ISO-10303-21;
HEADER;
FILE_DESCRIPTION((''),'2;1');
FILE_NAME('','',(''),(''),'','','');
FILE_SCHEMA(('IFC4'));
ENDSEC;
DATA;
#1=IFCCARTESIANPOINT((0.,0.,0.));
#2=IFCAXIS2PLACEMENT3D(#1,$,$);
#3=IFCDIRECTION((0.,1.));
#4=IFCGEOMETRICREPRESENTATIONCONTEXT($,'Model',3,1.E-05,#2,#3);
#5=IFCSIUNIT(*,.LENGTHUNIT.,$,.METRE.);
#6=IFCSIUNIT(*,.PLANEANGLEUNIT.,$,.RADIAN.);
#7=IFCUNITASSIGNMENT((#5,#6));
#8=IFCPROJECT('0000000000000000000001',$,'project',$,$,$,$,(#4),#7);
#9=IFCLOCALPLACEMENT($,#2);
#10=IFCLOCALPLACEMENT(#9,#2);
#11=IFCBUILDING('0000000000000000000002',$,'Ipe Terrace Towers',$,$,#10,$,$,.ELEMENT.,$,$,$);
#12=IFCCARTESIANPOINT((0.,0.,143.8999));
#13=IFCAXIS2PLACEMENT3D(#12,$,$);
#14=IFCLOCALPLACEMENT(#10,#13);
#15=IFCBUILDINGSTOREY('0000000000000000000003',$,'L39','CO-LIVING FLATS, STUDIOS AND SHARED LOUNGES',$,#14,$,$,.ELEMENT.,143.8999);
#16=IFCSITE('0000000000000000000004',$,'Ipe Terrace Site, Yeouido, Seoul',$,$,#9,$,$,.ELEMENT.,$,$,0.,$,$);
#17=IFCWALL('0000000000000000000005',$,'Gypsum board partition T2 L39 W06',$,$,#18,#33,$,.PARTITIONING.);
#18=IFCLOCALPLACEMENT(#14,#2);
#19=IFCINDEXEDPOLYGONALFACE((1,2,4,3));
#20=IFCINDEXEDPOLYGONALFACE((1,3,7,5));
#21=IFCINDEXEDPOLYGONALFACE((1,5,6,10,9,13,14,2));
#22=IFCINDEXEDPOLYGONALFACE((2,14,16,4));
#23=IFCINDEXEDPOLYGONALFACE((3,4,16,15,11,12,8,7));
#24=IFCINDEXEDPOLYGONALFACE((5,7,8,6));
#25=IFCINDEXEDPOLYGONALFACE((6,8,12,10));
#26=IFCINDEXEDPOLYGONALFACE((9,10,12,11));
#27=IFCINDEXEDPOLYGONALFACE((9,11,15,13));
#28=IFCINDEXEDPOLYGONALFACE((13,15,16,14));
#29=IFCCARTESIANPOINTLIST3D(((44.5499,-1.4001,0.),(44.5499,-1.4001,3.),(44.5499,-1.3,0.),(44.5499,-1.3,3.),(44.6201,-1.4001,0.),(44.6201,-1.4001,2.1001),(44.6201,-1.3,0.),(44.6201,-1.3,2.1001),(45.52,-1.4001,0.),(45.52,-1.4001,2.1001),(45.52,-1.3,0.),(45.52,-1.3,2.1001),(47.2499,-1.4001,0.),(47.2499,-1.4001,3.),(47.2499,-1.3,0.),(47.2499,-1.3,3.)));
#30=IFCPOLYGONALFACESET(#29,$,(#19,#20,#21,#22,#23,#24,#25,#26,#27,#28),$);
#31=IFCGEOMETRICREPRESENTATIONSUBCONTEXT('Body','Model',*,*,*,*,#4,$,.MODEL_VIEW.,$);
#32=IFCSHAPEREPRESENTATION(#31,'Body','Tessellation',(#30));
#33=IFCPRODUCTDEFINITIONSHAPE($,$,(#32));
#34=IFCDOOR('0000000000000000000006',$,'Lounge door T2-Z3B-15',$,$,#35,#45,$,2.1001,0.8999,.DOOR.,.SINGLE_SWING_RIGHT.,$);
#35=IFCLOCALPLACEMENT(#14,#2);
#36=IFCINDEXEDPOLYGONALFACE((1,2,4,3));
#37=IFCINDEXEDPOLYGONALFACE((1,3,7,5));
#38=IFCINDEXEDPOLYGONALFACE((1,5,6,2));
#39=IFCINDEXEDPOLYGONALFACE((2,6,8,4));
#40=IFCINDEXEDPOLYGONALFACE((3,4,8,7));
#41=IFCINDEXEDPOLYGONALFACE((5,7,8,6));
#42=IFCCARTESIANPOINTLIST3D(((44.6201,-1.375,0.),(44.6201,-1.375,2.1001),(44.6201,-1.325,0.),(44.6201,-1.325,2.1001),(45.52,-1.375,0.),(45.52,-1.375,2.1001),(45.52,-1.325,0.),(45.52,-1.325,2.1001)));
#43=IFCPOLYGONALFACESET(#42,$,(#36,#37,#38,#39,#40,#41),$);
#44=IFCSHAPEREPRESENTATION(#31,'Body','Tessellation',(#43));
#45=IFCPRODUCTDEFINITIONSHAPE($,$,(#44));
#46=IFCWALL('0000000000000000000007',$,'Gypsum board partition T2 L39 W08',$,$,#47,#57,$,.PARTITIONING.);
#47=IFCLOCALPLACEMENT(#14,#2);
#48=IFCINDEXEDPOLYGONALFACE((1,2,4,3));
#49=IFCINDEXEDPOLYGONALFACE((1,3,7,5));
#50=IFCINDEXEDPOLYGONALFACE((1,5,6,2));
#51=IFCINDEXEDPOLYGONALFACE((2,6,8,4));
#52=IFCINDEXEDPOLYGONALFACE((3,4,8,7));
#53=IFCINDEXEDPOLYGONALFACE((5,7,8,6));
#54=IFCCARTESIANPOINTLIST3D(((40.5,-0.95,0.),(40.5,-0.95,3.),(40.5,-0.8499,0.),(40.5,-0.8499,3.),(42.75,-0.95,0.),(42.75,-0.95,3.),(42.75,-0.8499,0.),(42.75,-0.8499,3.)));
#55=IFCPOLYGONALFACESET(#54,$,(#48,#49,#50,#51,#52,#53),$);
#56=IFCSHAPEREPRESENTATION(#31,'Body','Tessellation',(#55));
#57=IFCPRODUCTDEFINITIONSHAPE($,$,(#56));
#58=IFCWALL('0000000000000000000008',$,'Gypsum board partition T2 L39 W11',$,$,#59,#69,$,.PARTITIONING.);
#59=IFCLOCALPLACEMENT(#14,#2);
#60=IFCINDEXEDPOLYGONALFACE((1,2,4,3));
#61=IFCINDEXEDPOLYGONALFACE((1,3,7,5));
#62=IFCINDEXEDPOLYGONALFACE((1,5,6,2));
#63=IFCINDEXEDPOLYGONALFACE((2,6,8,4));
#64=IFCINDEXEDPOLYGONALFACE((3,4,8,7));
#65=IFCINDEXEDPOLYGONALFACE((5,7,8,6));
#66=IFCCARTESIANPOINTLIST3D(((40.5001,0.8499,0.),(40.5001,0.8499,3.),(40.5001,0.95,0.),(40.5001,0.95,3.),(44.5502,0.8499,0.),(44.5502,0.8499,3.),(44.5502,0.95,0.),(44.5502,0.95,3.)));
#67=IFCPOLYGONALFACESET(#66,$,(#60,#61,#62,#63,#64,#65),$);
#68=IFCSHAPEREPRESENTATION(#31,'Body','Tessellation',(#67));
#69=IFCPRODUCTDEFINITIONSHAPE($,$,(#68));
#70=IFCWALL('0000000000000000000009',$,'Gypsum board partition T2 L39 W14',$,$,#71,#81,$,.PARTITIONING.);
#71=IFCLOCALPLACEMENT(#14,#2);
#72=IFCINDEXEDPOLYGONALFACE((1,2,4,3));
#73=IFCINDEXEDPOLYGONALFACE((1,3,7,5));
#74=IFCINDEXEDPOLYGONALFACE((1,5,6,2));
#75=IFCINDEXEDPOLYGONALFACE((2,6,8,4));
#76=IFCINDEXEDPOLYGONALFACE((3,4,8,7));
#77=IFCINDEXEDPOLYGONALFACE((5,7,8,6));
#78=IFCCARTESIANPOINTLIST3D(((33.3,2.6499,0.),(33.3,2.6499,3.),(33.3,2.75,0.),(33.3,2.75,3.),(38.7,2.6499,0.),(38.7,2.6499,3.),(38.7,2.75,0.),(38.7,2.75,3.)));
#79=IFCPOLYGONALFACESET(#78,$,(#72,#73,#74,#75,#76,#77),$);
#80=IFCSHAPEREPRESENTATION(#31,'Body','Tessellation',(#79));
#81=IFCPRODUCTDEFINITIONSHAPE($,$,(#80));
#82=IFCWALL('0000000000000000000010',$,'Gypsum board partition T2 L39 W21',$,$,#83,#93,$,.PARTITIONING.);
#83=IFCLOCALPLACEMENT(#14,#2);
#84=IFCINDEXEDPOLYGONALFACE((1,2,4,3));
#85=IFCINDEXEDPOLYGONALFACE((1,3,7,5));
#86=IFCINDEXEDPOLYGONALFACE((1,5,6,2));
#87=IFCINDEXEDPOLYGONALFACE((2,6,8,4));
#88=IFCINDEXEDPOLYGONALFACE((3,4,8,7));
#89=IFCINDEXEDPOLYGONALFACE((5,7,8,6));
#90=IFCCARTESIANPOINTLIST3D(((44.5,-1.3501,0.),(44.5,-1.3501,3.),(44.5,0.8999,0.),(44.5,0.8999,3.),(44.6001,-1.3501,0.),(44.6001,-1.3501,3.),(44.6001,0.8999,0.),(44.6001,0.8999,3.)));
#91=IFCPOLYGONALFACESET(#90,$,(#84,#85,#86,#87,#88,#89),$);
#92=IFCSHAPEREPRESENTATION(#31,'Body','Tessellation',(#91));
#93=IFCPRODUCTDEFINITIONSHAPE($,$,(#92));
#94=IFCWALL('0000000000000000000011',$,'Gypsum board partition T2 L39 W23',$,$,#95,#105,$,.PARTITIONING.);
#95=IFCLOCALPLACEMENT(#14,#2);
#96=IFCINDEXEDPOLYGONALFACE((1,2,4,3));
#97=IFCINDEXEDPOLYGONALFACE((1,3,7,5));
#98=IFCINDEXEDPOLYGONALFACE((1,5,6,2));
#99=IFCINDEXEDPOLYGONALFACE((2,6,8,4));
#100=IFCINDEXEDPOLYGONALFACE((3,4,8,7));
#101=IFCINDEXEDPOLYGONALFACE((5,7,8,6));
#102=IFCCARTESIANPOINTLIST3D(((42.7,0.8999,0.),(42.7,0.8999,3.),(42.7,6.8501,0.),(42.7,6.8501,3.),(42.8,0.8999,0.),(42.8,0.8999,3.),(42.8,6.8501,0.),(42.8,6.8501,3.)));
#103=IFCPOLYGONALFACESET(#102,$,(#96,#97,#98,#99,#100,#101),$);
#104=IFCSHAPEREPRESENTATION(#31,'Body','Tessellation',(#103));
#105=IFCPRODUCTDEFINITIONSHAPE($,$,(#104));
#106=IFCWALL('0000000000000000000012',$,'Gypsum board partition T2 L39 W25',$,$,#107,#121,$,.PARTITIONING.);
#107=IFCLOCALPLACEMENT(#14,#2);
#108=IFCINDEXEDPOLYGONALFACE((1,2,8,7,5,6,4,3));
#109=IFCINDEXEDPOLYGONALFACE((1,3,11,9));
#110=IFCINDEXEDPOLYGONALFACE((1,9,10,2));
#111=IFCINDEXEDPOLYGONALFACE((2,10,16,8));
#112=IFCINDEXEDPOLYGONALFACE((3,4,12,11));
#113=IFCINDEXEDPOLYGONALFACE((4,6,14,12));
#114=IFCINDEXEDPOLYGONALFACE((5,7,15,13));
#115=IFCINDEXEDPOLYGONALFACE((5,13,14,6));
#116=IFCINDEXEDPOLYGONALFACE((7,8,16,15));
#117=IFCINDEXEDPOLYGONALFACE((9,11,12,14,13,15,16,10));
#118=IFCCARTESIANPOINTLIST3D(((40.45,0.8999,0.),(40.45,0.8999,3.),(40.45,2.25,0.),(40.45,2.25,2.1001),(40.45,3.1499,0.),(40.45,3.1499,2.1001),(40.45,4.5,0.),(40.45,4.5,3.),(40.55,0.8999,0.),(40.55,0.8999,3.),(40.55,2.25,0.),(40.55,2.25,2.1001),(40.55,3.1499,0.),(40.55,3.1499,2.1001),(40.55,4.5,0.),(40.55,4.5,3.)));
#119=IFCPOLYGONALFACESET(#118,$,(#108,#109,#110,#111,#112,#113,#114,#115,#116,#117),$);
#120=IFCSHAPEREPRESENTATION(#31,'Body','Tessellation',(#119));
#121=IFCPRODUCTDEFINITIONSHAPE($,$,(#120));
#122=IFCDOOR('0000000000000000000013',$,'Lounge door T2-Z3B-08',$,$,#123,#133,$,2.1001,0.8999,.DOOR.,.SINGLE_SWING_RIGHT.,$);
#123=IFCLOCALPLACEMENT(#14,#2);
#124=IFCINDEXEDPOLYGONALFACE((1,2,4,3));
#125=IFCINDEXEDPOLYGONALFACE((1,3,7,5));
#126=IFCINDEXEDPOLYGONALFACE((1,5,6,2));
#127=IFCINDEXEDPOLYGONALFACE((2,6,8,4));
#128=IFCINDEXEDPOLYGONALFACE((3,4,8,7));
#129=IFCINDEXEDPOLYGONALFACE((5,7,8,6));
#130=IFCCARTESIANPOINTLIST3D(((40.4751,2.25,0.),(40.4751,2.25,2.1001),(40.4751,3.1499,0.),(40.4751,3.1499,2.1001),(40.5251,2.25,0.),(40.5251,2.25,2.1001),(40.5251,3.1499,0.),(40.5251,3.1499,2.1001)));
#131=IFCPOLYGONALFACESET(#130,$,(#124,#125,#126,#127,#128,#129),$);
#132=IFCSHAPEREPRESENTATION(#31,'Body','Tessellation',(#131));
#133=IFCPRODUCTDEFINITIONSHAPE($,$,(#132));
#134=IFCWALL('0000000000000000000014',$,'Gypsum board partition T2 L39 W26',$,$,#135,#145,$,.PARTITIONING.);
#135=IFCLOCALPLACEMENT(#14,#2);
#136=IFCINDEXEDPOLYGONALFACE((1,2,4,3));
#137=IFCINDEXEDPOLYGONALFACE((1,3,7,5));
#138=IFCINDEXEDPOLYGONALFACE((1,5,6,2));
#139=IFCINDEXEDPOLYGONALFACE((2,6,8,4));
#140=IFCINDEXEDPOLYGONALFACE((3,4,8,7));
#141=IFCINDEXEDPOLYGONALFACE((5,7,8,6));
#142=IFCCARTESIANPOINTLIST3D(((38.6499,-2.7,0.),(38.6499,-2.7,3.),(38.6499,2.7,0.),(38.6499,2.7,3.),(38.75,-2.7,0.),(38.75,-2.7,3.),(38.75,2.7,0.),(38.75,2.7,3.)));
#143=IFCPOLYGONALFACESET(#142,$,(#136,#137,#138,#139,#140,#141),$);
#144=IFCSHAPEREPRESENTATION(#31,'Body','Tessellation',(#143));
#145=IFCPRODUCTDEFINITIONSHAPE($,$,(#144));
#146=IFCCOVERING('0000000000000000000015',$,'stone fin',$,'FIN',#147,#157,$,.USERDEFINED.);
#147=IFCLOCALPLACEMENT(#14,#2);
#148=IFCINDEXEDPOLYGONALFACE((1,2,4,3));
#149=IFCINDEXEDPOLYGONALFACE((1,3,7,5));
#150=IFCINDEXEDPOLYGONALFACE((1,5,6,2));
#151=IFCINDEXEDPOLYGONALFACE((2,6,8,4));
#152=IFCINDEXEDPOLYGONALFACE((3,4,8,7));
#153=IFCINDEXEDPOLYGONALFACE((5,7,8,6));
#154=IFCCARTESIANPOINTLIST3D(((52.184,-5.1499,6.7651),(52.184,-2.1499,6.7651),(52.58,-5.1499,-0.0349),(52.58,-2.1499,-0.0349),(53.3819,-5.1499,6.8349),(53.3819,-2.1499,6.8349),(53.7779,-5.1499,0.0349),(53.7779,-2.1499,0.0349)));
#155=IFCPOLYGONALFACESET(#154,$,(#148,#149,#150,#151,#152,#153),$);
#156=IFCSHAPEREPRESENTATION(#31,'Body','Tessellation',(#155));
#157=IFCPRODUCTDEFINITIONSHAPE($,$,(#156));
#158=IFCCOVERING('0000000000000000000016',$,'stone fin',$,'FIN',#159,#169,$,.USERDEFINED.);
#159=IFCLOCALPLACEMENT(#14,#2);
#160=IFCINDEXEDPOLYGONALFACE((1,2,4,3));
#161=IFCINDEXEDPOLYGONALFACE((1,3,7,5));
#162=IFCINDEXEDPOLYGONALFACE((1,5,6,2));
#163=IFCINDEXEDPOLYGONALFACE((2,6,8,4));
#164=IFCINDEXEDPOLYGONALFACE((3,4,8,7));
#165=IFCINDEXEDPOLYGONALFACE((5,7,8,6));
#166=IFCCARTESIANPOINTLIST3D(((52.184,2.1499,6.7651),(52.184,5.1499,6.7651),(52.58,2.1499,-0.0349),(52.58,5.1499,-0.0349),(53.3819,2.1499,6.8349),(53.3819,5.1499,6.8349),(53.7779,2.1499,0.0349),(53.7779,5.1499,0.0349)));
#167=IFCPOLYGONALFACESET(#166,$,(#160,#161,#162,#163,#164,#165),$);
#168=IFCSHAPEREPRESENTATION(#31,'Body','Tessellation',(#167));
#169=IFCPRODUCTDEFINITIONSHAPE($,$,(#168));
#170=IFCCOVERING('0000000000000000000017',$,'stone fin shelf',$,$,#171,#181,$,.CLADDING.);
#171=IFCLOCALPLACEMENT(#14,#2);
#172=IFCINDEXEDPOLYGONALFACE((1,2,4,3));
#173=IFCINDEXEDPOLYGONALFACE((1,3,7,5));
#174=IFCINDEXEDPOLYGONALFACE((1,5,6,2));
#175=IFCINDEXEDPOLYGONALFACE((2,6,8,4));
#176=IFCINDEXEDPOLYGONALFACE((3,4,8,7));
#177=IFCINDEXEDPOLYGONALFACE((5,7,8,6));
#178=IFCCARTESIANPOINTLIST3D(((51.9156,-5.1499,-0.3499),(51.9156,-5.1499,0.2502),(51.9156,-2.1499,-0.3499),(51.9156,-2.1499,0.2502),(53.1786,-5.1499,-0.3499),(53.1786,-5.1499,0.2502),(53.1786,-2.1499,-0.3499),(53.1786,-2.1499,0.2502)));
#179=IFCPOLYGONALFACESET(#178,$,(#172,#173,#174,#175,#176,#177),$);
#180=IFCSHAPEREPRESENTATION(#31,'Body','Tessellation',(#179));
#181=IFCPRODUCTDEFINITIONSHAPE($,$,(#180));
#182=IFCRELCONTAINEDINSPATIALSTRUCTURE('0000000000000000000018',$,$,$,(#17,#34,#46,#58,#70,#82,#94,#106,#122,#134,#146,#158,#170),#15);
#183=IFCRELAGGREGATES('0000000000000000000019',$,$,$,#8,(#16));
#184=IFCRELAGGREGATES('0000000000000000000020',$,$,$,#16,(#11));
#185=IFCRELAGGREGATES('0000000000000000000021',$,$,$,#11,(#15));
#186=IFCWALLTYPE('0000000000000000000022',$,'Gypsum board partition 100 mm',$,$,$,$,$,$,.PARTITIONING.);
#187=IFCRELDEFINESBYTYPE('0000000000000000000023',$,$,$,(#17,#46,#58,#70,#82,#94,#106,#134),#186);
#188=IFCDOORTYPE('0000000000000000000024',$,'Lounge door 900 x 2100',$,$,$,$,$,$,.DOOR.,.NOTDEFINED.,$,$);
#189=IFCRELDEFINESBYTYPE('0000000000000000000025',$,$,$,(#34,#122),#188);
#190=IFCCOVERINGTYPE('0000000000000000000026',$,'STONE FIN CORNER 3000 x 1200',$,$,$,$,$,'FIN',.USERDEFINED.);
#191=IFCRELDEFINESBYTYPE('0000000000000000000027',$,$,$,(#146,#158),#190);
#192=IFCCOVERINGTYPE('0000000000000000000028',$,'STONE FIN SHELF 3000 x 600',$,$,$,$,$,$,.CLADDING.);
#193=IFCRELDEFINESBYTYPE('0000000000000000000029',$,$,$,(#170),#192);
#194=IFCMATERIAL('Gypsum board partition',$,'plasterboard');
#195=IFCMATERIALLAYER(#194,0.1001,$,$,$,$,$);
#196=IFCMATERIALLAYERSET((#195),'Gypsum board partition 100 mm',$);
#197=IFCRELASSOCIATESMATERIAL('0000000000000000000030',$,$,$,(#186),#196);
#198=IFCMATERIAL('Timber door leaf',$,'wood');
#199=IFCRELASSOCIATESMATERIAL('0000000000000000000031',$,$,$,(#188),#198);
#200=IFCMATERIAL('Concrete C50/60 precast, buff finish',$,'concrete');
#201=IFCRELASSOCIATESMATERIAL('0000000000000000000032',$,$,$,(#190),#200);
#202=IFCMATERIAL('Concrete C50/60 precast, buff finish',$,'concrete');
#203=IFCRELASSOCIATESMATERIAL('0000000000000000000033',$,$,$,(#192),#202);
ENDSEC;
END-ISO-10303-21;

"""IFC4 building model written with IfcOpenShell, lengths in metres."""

from ifc_helpers import new_model, si_unit, direction, frame, frame_2d, origin, origin_2d, place, context, subcontext, project, spatial, rectangle, extrude, material, layer, layer_set, material_profile, profile_set, type_object, element, fill, save


model = new_model("IFC4")

# Units and contexts
model_context = context("Model", 3, precision=1e-05, world=origin(), true_north=direction((0.0, 1.0)))
body_context = subcontext(model_context, "Body", "Model", "MODEL_VIEW")
ifc_project = project(units=[si_unit("LENGTHUNIT", "METRE"), si_unit("PLANEANGLEUNIT", "RADIAN")], contexts=[model_context])

# Site, building, storey
site_placement = place(None, origin())
site = spatial("IfcSite", under=ifc_project, at=site_placement, Name="Ipe Terrace Site, Yeouido, Seoul", CompositionType="ELEMENT", RefElevation=0.0)
building_placement = place(site_placement, origin())
building = spatial("IfcBuilding", under=site, at=building_placement, Name="Ipe Terrace Towers", CompositionType="ELEMENT")
storey_placement = place(building_placement, frame((0.0, 0.0, 143.8999)))
storey = spatial("IfcBuildingStorey", under=building, at=storey_placement, Name="L39", Description="CO-LIVING FLATS, STUDIOS AND SHARED LOUNGES", CompositionType="ELEMENT", Elevation=143.8999)

# Shared definitions
ifc_material_1 = material(Name="Gypsum board partition", Category="plasterboard")
ifc_layer_1 = layer(ifc_material_1, 0.1001)
ifc_layer_set_1 = layer_set([ifc_layer_1], Name="Gypsum board partition 100 mm")
wall_type_1 = type_object("IfcWallType", Name="Gypsum board partition 100 mm", PredefinedType="PARTITIONING", material=ifc_layer_set_1)
ifc_material_2 = material(Name="Timber door leaf", Category="wood")
door_type = type_object("IfcDoorType", Name="Lounge door 900 x 2100", OperationType="NOTDEFINED", PredefinedType="DOOR", material=ifc_material_2)

# Wall, opening, door
wall_1_placement = place(storey_placement, frame((47.25, -1.3501, 0.0), z_axis=(0.0, 0.0, 1.0), x_axis=(-1.0, 0.0, 0.0)))
wall_1 = element("IfcWall", 1, at=wall_1_placement, inside=storey, type_object=wall_type_1, Name="Gypsum board partition T2 L39 W06", PredefinedType="PARTITIONING", context=body_context, shape_type="SweptSolid", body=[
    extrude(rectangle(XDim=2.7, YDim=0.1001, at=frame_2d((1.3501, 0.0))), origin(), (0.0, 0.0, 1.0), 3.0),
])
opening_1_placement = place(wall_1_placement, frame((1.73, 0.0, 0.0)))
opening_1 = element("IfcOpeningElement", 2, at=opening_1_placement, cuts=wall_1, PredefinedType="OPENING", context=body_context, shape_type="SweptSolid", body=[
    extrude(rectangle(XDim=0.8999, YDim=2.1001, at=frame_2d((0.45, 1.05))), frame((0.0, 0.0601, 0.0), z_axis=(0.0, -1.0, 0.0), x_axis=(1.0, 0.0, 0.0)), (0.0, 0.0, 1.0), 0.1201),
])
door_1_placement = place(opening_1_placement, origin())
door_1 = element("IfcDoor", 3, at=door_1_placement, inside=storey, type_object=door_type, Name="Lounge door T2-Z3B-15", OperationType="SINGLE_SWING_RIGHT", OverallHeight=2.1001, OverallWidth=0.8999, PredefinedType="DOOR", context=body_context, shape_type="SweptSolid", body=[
    extrude(rectangle(XDim=0.8999, YDim=2.1001, at=frame_2d((0.45, 1.05))), frame((0.0, 0.0249, 0.0), z_axis=(0.0, -1.0, 0.0), x_axis=(1.0, 0.0, 0.0)), (0.0, 0.0, 1.0), 0.05),
])
fill(opening_1, door_1)

# Walls
wall_2_placement = place(storey_placement, frame((42.75, -0.8999, 0.0), z_axis=(0.0, 0.0, 1.0), x_axis=(-1.0, 0.0, 0.0)))
element("IfcWall", 4, at=wall_2_placement, inside=storey, type_object=wall_type_1, Name="Gypsum board partition T2 L39 W08", PredefinedType="PARTITIONING", context=body_context, shape_type="SweptSolid", body=[
    extrude(rectangle(XDim=2.25, YDim=0.1001, at=frame_2d((1.125, 0.0))), origin(), (0.0, 0.0, 1.0), 3.0),
])
wall_3_placement = place(storey_placement, frame((44.55, 0.8999, 0.0), z_axis=(0.0, 0.0, 1.0), x_axis=(-1.0, 0.0, 0.0)))
element("IfcWall", 5, at=wall_3_placement, inside=storey, type_object=wall_type_1, Name="Gypsum board partition T2 L39 W11", PredefinedType="PARTITIONING", context=body_context, shape_type="SweptSolid", body=[
    extrude(rectangle(XDim=4.05, YDim=0.1001, at=frame_2d((2.0249, 0.0))), origin(), (0.0, 0.0, 1.0), 3.0),
])
wall_4_placement = place(storey_placement, frame((38.7, 2.7, 0.0), z_axis=(0.0, 0.0, 1.0), x_axis=(-1.0, 0.0, 0.0)))
element("IfcWall", 6, at=wall_4_placement, inside=storey, type_object=wall_type_1, Name="Gypsum board partition T2 L39 W14", PredefinedType="PARTITIONING", context=body_context, shape_type="SweptSolid", body=[
    extrude(rectangle(XDim=5.3999, YDim=0.1001, at=frame_2d((2.7, 0.0))), origin(), (0.0, 0.0, 1.0), 3.0),
])
wall_5_placement = place(storey_placement, frame((44.55, -1.3501, 0.0), z_axis=(0.0, 0.0, 1.0), x_axis=(0.0, 1.0, 0.0)))
element("IfcWall", 7, at=wall_5_placement, inside=storey, type_object=wall_type_1, Name="Gypsum board partition T2 L39 W21", PredefinedType="PARTITIONING", context=body_context, shape_type="SweptSolid", body=[
    extrude(rectangle(XDim=2.25, YDim=0.1001, at=frame_2d((1.125, 0.0))), origin(), (0.0, 0.0, 1.0), 3.0),
])
wall_6_placement = place(storey_placement, frame((42.75, 0.8999, 0.0), z_axis=(0.0, 0.0, 1.0), x_axis=(0.0, 1.0, 0.0)))
element("IfcWall", 8, at=wall_6_placement, inside=storey, type_object=wall_type_1, Name="Gypsum board partition T2 L39 W23", PredefinedType="PARTITIONING", context=body_context, shape_type="SweptSolid", body=[
    extrude(rectangle(XDim=5.9502, YDim=0.1001, at=frame_2d((2.9751, 0.0))), origin(), (0.0, 0.0, 1.0), 3.0),
])

# Wall, opening, door
wall_7_placement = place(storey_placement, frame((40.5, 0.8999, 0.0), z_axis=(0.0, 0.0, 1.0), x_axis=(0.0, 1.0, 0.0)))
wall_7 = element("IfcWall", 9, at=wall_7_placement, inside=storey, type_object=wall_type_1, Name="Gypsum board partition T2 L39 W25", PredefinedType="PARTITIONING", context=body_context, shape_type="SweptSolid", body=[
    extrude(rectangle(XDim=3.6001, YDim=0.1001, at=frame_2d((1.8, 0.0))), origin(), (0.0, 0.0, 1.0), 3.0),
])
opening_2_placement = place(wall_7_placement, frame((1.3501, 0.0, 0.0)))
opening_2 = element("IfcOpeningElement", 10, at=opening_2_placement, cuts=wall_7, PredefinedType="OPENING", context=body_context, shape_type="SweptSolid", body=[
    extrude(rectangle(XDim=0.8999, YDim=2.1001, at=frame_2d((0.45, 1.05))), frame((0.0, 0.0601, 0.0), z_axis=(0.0, -1.0, 0.0), x_axis=(1.0, 0.0, 0.0)), (0.0, 0.0, 1.0), 0.1201),
])
door_2_placement = place(opening_2_placement, origin())
door_2 = element("IfcDoor", 11, at=door_2_placement, inside=storey, type_object=door_type, Name="Lounge door T2-Z3B-08", OperationType="SINGLE_SWING_RIGHT", OverallHeight=2.1001, OverallWidth=0.8999, PredefinedType="DOOR", context=body_context, shape_type="SweptSolid", body=[
    extrude(rectangle(XDim=0.8999, YDim=2.1001, at=frame_2d((0.45, 1.05))), frame((0.0, 0.0249, 0.0), z_axis=(0.0, -1.0, 0.0), x_axis=(1.0, 0.0, 0.0)), (0.0, 0.0, 1.0), 0.05),
])
fill(opening_2, door_2)

# Wall
wall_8_placement = place(storey_placement, frame((38.7, -2.7, 0.0), z_axis=(0.0, 0.0, 1.0), x_axis=(0.0, 1.0, 0.0)))
element("IfcWall", 12, at=wall_8_placement, inside=storey, type_object=wall_type_1, Name="Gypsum board partition T2 L39 W26", PredefinedType="PARTITIONING", context=body_context, shape_type="SweptSolid", body=[
    extrude(rectangle(XDim=5.3999, YDim=0.1001, at=frame_2d((2.7, 0.0))), origin(), (0.0, 0.0, 1.0), 3.0),
])

# Coverings
ifc_material_3 = material(Name="Concrete C50/60 precast, buff finish", Category="concrete")
ifc_material_profile_1 = material_profile(ifc_material_3, rectangle(XDim=3.0, YDim=1.2, at=origin_2d()), Name="STONE FIN CORNER 3000 x 1200")
ifc_profile_set_1 = profile_set([ifc_material_profile_1], Name="Concrete C50/60 precast, buff finish")
covering_type_1 = type_object("IfcCoveringType", Name="STONE FIN CORNER 3000 x 1200", ElementType="FIN", PredefinedType="USERDEFINED", material=ifc_profile_set_1)
for number, where, z_axis, x_axis, name in (
    (13, (53.179, -3.6499, 0.0), (-0.058136, 0.0, 0.998309), (0.0, 1.0, 0.0), "stone fin"),
    (14, (53.179, 3.6499, 0.0), (-0.058136, 0.0, 0.998309), (0.0, 1.0, 0.0), "stone fin"),
):
    element("IfcCovering", number, at=place(storey_placement, frame(where, z_axis=z_axis, x_axis=x_axis)), inside=storey, type_object=covering_type_1, Name=name, ObjectType="FIN", PredefinedType="USERDEFINED", context=body_context, shape_type="SweptSolid", body=[
        extrude(rectangle(XDim=3.0, YDim=1.2, at=origin_2d()), origin(), (0.0, 0.0, 1.0), 6.8115),
    ])
ifc_material_4 = material(Name="Concrete C50/60 precast, buff finish", Category="concrete")
covering_type_2 = type_object("IfcCoveringType", Name="STONE FIN SHELF 3000 x 600", PredefinedType="CLADDING", material=ifc_material_4)
for number, where, z_axis, x_axis, name in (
    (15, (52.5471, -3.6499, -0.3499), (0.0, 0.0, 1.0), (0.0, 1.0, 0.0), "stone fin shelf"),
):
    element("IfcCovering", number, at=place(storey_placement, frame(where, z_axis=z_axis, x_axis=x_axis)), inside=storey, type_object=covering_type_2, Name=name, PredefinedType="CLADDING", context=body_context, shape_type="SweptSolid", body=[
        extrude(rectangle(XDim=3.0, YDim=1.2629, at=origin_2d()), origin(), (0.0, 0.0, 1.0), 0.6001),
    ])

save(model, "model.ifc")
